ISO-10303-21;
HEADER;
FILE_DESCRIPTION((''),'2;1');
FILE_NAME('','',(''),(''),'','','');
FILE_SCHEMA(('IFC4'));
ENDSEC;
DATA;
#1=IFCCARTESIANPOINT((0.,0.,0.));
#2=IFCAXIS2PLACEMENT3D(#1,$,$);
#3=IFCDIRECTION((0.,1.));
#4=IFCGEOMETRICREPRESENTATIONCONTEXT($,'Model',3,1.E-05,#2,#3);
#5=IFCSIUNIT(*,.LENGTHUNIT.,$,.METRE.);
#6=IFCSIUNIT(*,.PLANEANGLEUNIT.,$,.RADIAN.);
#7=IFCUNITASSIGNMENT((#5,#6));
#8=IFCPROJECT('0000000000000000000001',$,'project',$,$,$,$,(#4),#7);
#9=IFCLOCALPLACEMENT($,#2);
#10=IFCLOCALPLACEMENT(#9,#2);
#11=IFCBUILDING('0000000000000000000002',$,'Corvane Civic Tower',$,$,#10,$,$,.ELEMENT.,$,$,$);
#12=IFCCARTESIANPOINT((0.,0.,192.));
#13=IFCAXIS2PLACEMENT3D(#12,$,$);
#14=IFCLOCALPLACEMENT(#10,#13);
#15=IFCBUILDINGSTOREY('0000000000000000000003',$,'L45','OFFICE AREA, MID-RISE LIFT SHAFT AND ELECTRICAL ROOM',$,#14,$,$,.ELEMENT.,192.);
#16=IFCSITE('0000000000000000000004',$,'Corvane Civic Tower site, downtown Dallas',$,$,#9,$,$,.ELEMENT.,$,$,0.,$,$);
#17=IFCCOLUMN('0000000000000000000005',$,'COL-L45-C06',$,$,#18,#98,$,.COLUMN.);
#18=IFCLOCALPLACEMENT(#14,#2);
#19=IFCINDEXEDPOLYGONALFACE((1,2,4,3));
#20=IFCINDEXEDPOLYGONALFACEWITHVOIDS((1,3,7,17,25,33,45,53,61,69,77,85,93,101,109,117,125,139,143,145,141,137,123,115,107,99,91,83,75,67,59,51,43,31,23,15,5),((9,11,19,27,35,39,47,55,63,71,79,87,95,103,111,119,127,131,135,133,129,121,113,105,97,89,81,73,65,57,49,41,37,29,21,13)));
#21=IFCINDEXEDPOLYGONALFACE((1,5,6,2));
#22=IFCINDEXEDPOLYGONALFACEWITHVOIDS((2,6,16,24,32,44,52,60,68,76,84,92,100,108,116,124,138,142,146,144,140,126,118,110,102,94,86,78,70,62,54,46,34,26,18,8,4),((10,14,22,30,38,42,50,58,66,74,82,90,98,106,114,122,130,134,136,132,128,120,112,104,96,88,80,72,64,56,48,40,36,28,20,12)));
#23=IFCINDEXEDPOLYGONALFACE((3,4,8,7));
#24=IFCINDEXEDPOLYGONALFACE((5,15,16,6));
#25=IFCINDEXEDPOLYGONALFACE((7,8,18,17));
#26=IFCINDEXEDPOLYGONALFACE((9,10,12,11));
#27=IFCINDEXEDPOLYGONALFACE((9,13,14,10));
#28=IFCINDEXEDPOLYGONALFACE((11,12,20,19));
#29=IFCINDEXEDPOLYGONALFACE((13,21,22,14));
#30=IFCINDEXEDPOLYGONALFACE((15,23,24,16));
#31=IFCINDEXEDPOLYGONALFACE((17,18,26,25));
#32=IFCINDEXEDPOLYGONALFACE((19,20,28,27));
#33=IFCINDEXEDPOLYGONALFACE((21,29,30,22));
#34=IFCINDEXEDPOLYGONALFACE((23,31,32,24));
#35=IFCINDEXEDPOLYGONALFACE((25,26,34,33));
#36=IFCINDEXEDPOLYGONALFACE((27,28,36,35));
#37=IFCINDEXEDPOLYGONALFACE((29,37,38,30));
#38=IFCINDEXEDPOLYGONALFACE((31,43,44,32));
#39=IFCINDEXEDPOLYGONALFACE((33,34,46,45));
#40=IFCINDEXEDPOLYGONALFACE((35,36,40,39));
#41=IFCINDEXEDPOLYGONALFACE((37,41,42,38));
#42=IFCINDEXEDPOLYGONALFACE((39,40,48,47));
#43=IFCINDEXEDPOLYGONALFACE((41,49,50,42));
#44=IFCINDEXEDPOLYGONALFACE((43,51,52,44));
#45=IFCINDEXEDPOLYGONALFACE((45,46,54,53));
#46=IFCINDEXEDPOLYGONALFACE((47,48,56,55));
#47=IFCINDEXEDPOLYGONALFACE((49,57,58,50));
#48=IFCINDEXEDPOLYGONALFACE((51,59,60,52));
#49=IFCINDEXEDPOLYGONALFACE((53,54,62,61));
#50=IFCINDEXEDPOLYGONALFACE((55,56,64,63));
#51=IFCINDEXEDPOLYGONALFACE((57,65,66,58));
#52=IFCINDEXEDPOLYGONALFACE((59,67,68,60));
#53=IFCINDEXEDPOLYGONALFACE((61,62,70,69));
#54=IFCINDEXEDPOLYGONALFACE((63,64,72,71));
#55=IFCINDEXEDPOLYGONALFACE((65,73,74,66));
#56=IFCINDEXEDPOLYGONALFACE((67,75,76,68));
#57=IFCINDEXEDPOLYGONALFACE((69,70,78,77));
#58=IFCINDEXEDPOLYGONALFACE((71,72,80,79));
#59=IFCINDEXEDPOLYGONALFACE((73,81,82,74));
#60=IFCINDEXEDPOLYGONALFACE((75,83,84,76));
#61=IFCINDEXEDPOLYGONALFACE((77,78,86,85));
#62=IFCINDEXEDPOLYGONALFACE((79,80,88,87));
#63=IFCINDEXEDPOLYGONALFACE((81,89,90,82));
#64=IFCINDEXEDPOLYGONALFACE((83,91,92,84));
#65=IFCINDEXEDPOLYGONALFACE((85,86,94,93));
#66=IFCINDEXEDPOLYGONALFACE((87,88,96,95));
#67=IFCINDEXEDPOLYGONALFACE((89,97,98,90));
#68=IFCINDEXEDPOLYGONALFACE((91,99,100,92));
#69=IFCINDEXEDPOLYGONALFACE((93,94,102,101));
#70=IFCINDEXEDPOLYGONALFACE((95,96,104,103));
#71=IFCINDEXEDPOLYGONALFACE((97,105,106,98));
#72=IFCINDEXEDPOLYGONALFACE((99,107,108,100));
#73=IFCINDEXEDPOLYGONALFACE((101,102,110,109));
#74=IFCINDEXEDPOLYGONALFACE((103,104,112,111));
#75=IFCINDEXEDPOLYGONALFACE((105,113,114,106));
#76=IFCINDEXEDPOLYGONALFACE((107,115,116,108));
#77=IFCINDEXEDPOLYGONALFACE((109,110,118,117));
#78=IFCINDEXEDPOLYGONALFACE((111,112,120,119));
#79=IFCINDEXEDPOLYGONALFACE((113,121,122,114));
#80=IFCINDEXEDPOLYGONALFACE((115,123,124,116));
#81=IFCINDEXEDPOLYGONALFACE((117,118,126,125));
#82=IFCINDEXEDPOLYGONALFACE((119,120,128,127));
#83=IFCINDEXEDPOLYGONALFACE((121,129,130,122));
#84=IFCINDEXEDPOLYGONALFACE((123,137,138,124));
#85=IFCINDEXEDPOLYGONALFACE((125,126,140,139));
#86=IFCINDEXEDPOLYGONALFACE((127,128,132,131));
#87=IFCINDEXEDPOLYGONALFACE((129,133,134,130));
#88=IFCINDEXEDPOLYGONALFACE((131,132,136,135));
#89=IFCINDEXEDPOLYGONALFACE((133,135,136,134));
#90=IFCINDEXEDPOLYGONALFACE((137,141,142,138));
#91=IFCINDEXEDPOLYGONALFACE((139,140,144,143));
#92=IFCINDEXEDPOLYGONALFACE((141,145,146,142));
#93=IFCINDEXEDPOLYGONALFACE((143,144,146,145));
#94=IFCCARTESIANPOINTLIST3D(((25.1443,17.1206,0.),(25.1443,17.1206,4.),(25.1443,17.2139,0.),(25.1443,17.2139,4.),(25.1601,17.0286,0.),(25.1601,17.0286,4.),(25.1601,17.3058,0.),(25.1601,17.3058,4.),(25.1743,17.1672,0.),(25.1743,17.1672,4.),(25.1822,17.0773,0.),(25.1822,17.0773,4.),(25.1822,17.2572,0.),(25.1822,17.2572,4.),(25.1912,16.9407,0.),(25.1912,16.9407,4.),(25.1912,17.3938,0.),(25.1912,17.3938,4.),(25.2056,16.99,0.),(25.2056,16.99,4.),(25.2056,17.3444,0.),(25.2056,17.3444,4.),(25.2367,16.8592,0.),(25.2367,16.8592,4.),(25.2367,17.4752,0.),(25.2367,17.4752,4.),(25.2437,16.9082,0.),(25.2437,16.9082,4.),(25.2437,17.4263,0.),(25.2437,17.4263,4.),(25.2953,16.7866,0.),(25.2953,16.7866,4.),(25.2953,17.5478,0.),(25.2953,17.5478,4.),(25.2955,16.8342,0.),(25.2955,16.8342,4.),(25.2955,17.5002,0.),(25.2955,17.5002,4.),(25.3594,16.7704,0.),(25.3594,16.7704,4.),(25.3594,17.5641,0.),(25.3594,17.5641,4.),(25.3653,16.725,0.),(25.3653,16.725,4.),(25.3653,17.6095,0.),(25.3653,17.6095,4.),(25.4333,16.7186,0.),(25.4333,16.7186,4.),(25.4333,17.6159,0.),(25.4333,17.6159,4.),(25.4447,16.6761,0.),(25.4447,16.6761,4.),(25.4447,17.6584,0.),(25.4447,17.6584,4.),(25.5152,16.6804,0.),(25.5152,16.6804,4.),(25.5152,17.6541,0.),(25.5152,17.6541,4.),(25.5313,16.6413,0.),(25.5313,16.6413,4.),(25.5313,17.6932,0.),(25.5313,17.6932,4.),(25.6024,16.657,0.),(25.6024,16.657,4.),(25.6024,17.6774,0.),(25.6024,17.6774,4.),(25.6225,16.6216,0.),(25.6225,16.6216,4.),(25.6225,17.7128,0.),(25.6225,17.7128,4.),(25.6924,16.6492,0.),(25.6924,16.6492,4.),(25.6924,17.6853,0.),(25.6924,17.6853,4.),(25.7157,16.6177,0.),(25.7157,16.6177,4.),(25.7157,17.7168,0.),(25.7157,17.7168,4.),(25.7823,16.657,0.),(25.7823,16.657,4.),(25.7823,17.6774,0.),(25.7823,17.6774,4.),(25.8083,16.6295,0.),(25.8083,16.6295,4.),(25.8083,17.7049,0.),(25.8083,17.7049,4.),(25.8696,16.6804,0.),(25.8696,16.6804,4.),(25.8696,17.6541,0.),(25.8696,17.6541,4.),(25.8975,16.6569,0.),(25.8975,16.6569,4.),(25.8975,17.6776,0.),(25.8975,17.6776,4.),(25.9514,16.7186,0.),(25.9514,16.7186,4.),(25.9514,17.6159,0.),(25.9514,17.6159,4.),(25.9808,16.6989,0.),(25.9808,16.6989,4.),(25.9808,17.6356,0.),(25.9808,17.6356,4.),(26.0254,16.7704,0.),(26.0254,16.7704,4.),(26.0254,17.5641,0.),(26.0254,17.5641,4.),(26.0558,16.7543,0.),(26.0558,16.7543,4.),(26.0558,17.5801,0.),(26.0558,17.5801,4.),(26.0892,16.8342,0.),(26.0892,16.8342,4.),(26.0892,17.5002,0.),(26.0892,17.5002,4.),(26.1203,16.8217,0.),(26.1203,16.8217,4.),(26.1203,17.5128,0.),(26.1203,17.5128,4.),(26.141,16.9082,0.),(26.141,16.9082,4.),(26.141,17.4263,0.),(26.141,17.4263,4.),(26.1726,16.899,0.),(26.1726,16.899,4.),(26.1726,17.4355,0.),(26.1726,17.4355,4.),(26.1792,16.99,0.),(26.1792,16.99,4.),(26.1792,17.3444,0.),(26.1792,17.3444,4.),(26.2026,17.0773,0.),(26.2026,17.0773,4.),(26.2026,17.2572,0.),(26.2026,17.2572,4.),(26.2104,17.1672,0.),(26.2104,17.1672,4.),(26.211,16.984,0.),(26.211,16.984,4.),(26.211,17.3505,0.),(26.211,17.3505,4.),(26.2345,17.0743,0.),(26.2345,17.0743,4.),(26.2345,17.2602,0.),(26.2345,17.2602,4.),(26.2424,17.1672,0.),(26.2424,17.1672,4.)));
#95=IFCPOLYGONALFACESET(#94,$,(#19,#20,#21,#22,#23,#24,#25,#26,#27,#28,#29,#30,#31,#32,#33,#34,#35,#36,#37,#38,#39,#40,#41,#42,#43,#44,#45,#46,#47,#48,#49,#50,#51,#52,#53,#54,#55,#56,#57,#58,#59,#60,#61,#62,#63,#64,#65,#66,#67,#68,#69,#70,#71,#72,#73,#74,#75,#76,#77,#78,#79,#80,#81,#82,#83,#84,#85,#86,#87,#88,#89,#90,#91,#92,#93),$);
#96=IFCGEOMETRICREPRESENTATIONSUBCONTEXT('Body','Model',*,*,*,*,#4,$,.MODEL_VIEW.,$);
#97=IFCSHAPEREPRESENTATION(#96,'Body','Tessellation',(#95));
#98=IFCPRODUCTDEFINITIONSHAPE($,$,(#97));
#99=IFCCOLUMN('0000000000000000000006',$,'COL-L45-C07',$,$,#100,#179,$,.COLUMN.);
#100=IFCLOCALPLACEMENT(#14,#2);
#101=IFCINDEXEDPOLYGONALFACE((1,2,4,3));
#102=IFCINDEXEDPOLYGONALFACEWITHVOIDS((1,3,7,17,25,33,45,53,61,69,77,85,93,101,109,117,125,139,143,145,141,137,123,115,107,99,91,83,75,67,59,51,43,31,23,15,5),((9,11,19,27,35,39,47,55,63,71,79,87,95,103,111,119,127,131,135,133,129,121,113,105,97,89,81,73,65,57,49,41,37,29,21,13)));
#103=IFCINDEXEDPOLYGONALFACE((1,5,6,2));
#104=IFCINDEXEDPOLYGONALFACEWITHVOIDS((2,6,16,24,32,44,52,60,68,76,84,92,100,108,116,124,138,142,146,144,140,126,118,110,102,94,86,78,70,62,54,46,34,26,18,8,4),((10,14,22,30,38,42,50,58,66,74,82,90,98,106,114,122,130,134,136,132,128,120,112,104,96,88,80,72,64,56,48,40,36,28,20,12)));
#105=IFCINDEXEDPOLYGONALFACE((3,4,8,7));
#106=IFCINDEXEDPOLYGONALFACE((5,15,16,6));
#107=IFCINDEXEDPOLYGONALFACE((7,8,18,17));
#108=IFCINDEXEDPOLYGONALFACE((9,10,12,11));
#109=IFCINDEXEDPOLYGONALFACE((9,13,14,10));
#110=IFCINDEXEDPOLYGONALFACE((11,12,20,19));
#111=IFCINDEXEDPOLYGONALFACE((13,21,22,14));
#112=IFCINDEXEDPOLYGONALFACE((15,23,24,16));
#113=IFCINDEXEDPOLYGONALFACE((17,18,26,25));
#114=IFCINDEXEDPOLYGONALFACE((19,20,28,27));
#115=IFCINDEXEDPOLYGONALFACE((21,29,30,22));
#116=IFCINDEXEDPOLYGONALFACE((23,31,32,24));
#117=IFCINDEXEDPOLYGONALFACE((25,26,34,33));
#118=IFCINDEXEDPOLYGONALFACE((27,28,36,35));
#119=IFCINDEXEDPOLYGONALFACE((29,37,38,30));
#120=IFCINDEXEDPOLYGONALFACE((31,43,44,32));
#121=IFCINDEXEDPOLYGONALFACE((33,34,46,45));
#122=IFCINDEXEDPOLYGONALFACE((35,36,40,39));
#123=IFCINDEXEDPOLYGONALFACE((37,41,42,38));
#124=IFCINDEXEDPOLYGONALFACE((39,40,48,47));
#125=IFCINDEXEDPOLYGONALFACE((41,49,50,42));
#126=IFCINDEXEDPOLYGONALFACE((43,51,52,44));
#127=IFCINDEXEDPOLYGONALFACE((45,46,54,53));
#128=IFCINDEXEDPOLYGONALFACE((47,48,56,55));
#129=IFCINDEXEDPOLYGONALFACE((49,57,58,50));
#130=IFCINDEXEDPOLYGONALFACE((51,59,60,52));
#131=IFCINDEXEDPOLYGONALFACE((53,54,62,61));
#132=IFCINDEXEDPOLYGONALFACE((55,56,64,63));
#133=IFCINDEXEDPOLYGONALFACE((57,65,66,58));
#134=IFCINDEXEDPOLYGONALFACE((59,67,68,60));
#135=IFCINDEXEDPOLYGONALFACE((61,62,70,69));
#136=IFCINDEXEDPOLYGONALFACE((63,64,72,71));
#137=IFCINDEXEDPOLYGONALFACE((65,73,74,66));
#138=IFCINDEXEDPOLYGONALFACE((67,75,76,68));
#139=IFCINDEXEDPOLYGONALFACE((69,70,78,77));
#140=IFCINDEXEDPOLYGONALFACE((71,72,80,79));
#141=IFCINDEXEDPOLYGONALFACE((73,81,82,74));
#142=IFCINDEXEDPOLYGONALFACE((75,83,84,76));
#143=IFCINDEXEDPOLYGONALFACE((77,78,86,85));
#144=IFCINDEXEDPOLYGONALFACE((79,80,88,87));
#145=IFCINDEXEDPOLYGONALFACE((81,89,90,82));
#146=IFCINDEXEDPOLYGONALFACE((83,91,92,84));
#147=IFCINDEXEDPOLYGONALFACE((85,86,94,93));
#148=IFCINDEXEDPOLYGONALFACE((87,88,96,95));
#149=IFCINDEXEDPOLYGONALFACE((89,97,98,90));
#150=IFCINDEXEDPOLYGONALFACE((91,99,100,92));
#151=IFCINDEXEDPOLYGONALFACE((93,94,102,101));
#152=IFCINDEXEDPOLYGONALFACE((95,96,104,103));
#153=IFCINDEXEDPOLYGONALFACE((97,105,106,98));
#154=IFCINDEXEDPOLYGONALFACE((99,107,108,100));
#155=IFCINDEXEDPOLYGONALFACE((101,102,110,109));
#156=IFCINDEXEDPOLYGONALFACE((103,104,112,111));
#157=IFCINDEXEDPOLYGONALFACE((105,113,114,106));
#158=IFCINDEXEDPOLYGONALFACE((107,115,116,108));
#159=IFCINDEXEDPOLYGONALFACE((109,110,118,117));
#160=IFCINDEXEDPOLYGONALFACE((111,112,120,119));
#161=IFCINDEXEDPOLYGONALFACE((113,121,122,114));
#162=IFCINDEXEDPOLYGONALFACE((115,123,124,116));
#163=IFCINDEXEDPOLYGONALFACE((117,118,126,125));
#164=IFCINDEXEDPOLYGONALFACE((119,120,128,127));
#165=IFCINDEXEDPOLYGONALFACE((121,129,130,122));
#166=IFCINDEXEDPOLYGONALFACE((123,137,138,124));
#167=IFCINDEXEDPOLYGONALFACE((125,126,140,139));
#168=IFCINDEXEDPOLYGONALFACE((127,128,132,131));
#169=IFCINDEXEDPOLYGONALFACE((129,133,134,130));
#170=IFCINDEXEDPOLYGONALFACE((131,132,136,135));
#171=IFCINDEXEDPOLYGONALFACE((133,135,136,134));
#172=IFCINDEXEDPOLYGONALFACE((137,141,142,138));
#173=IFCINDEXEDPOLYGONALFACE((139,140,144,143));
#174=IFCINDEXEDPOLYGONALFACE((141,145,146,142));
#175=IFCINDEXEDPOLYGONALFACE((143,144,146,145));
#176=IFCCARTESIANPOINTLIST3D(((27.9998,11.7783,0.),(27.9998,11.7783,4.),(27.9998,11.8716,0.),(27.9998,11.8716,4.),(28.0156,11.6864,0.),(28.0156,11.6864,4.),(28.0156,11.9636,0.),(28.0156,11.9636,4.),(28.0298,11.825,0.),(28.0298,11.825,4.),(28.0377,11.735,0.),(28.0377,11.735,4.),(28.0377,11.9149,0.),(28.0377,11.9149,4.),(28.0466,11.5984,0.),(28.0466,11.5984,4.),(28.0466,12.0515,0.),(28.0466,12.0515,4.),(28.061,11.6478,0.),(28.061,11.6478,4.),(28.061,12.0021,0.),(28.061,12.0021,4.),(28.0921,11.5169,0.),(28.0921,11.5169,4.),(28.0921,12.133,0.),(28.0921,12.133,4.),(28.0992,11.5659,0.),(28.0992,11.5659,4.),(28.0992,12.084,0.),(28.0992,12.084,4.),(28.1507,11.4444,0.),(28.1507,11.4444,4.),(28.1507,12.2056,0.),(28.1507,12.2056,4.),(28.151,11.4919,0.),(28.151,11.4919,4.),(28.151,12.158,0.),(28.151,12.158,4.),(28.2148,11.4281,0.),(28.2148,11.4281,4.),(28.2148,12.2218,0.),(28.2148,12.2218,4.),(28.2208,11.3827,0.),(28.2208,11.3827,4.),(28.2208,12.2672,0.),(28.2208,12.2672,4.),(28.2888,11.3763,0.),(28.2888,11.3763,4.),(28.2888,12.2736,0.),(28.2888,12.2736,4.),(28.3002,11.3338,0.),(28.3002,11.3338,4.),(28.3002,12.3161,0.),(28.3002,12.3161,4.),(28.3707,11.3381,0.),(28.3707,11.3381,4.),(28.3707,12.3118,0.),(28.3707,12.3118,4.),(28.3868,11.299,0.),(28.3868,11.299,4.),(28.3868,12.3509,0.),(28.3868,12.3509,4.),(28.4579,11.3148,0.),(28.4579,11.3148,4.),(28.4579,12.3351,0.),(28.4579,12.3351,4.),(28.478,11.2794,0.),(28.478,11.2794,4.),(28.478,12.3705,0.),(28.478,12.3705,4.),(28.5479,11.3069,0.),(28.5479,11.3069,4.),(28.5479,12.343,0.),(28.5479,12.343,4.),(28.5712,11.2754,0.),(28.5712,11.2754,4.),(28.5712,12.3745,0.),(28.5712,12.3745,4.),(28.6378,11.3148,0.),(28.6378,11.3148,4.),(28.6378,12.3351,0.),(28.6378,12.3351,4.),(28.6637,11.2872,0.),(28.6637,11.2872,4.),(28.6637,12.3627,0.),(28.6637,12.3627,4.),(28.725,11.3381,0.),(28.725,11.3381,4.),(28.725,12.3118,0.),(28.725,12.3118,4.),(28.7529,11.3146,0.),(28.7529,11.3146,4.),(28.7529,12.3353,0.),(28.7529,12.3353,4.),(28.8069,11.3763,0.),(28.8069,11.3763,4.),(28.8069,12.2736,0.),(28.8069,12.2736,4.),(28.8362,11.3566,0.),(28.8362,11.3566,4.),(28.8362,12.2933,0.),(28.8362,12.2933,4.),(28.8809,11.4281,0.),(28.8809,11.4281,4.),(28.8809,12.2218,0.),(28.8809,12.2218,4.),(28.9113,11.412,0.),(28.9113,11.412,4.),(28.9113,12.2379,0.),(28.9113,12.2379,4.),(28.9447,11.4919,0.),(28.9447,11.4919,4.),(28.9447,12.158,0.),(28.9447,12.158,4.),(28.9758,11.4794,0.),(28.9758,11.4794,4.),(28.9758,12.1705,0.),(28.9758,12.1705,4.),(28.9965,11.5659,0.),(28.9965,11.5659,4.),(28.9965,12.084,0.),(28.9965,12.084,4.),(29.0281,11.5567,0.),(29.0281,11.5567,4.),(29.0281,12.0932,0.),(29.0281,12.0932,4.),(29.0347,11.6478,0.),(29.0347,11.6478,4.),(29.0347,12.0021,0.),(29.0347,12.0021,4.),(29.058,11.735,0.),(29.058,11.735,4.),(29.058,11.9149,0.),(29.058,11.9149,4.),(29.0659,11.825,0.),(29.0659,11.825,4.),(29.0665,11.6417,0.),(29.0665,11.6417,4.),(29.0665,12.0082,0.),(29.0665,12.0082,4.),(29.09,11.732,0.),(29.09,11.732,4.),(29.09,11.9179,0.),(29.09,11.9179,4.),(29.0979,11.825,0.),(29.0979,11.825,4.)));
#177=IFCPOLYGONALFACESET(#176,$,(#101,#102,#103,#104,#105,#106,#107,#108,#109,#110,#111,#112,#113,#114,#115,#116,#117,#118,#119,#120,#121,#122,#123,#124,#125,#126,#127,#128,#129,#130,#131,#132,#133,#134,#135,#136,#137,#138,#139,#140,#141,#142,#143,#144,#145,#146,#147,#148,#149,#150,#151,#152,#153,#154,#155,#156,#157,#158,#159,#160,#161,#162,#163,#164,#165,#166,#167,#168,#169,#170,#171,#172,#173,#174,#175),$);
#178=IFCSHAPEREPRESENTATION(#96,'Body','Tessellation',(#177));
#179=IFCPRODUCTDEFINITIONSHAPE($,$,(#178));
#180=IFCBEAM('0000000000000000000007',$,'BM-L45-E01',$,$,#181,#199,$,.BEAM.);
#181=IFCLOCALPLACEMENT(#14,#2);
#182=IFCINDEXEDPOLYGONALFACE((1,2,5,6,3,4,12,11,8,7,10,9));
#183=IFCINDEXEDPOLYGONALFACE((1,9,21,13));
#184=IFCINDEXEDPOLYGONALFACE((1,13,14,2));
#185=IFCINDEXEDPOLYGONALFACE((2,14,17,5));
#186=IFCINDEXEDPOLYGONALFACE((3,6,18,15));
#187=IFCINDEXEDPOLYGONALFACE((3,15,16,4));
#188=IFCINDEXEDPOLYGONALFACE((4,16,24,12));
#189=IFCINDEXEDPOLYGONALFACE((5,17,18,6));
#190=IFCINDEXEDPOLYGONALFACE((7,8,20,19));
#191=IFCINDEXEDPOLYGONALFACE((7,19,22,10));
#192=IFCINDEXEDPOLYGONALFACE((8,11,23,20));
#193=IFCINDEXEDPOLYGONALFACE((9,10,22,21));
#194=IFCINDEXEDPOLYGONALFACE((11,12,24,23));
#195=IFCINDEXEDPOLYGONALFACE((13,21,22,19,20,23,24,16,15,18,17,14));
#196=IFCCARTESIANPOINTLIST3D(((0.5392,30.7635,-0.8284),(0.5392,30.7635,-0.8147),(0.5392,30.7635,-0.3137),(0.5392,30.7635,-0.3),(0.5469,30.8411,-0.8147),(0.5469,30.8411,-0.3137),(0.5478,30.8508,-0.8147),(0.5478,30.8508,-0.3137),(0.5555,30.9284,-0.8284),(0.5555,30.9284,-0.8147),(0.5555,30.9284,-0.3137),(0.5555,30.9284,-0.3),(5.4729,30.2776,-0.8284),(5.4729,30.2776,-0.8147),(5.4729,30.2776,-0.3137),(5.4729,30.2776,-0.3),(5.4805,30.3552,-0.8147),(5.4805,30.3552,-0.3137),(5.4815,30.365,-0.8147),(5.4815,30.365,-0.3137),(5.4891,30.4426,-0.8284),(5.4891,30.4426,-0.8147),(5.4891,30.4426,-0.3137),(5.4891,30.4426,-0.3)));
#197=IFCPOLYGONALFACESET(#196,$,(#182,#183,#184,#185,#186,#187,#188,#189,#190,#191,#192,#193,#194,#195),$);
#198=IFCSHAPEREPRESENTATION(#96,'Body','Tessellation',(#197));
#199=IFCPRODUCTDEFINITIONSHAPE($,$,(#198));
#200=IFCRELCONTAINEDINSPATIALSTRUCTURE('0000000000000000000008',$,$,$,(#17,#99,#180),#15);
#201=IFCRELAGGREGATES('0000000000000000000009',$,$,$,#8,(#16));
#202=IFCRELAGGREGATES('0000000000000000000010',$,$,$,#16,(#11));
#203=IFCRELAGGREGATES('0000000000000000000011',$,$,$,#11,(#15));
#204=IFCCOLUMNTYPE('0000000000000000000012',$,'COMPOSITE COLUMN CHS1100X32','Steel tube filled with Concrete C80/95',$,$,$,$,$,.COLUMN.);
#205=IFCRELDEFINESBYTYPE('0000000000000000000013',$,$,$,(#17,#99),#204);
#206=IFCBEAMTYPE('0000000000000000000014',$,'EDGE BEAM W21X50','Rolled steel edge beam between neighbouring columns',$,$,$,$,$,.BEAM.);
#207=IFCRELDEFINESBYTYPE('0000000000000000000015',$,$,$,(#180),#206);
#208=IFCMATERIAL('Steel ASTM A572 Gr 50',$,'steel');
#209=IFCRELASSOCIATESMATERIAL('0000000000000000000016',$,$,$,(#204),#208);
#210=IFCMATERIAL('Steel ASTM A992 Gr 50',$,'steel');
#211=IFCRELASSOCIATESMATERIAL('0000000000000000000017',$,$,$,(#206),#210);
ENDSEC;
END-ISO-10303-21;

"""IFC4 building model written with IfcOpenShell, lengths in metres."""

from ifc_helpers import new_model, si_unit, direction, frame, origin, origin_2d, place, context, subcontext, project, spatial, hollow_circle, i_section, extrude, material, material_profile, profile_set, type_object, element, save


model = new_model("IFC4")

# Units and contexts
model_context = context("Model", 3, precision=1e-05, world=origin(), true_north=direction((0.0, 1.0)))
body_context = subcontext(model_context, "Body", "Model", "MODEL_VIEW")
ifc_project = project(units=[si_unit("LENGTHUNIT", "METRE"), si_unit("PLANEANGLEUNIT", "RADIAN")], contexts=[model_context])

# Site, building, storey
site_placement = place(None, origin())
site = spatial("IfcSite", under=ifc_project, at=site_placement, Name="Corvane Civic Tower site, downtown Dallas", CompositionType="ELEMENT", RefElevation=0.0)
building_placement = place(site_placement, origin())
building = spatial("IfcBuilding", under=site, at=building_placement, Name="Corvane Civic Tower", CompositionType="ELEMENT")
storey_placement = place(building_placement, frame((0.0, 0.0, 192.0)))
storey = spatial("IfcBuildingStorey", under=building, at=storey_placement, Name="L45", Description="OFFICE AREA, MID-RISE LIFT SHAFT AND ELECTRICAL ROOM", CompositionType="ELEMENT", Elevation=192.0)

# Columns
ifc_material_1 = material(Name="Steel ASTM A572 Gr 50", Category="steel")
ifc_material_profile_1 = material_profile(ifc_material_1, hollow_circle(Radius=0.55, WallThickness=0.032, at=origin_2d()), Name="CHS1100X32")
ifc_profile_set_1 = profile_set([ifc_material_profile_1], Name="Steel ASTM A572 Gr 50")
column_type = type_object("IfcColumnType", Name="COMPOSITE COLUMN CHS1100X32", Description="Steel tube filled with Concrete C80/95", PredefinedType="COLUMN", material=ifc_profile_set_1)
for number, where, z_axis, x_axis, name in (
    (1, (25.6924, 17.1672, 0.0), (0.0, 0.0, 1.0), (1.0, 0.0, 0.0), "COL-L45-C06"),
    (2, (28.5479, 11.825, 0.0), (0.0, 0.0, 1.0), (1.0, 0.0, 0.0), "COL-L45-C07"),
):
    element("IfcColumn", number, at=place(storey_placement, frame(where, z_axis=z_axis, x_axis=x_axis)), inside=storey, type_object=column_type, Name=name, PredefinedType="COLUMN", context=body_context, shape_type="SweptSolid", body=[
        extrude(hollow_circle(Radius=0.55, WallThickness=0.032, at=origin_2d()), origin(), (0.0, 0.0, 1.0), 4.0),
    ])

# Beam
ifc_material_2 = material(Name="Steel ASTM A992 Gr 50", Category="steel")
ifc_material_profile_2 = material_profile(ifc_material_2, i_section(OverallWidth=0.1658, OverallDepth=0.5283, WebThickness=0.0098, FlangeThickness=0.0137, at=origin_2d()), Name="W21X50")
ifc_profile_set_2 = profile_set([ifc_material_profile_2], Name="Steel ASTM A992 Gr 50")
beam_type_1 = type_object("IfcBeamType", Name="EDGE BEAM W21X50", Description="Rolled steel edge beam between neighbouring columns", PredefinedType="BEAM", material=ifc_profile_set_2)
beam_1_placement = place(storey_placement, frame((0.5474, 30.8459, -0.5642), z_axis=(0.995186, -0.098002, 0.0), x_axis=(0.098002, 0.995186, 0.0)))
element("IfcBeam", 3, at=beam_1_placement, inside=storey, type_object=beam_type_1, Name="BM-L45-E01", PredefinedType="BEAM", context=body_context, shape_type="SweptSolid", body=[
    extrude(i_section(OverallWidth=0.1658, OverallDepth=0.5283, WebThickness=0.0098, FlangeThickness=0.0137, at=origin_2d()), origin(), (0.0, 0.0, 1.0), 4.9575),
])

save(model, "model.ifc")
